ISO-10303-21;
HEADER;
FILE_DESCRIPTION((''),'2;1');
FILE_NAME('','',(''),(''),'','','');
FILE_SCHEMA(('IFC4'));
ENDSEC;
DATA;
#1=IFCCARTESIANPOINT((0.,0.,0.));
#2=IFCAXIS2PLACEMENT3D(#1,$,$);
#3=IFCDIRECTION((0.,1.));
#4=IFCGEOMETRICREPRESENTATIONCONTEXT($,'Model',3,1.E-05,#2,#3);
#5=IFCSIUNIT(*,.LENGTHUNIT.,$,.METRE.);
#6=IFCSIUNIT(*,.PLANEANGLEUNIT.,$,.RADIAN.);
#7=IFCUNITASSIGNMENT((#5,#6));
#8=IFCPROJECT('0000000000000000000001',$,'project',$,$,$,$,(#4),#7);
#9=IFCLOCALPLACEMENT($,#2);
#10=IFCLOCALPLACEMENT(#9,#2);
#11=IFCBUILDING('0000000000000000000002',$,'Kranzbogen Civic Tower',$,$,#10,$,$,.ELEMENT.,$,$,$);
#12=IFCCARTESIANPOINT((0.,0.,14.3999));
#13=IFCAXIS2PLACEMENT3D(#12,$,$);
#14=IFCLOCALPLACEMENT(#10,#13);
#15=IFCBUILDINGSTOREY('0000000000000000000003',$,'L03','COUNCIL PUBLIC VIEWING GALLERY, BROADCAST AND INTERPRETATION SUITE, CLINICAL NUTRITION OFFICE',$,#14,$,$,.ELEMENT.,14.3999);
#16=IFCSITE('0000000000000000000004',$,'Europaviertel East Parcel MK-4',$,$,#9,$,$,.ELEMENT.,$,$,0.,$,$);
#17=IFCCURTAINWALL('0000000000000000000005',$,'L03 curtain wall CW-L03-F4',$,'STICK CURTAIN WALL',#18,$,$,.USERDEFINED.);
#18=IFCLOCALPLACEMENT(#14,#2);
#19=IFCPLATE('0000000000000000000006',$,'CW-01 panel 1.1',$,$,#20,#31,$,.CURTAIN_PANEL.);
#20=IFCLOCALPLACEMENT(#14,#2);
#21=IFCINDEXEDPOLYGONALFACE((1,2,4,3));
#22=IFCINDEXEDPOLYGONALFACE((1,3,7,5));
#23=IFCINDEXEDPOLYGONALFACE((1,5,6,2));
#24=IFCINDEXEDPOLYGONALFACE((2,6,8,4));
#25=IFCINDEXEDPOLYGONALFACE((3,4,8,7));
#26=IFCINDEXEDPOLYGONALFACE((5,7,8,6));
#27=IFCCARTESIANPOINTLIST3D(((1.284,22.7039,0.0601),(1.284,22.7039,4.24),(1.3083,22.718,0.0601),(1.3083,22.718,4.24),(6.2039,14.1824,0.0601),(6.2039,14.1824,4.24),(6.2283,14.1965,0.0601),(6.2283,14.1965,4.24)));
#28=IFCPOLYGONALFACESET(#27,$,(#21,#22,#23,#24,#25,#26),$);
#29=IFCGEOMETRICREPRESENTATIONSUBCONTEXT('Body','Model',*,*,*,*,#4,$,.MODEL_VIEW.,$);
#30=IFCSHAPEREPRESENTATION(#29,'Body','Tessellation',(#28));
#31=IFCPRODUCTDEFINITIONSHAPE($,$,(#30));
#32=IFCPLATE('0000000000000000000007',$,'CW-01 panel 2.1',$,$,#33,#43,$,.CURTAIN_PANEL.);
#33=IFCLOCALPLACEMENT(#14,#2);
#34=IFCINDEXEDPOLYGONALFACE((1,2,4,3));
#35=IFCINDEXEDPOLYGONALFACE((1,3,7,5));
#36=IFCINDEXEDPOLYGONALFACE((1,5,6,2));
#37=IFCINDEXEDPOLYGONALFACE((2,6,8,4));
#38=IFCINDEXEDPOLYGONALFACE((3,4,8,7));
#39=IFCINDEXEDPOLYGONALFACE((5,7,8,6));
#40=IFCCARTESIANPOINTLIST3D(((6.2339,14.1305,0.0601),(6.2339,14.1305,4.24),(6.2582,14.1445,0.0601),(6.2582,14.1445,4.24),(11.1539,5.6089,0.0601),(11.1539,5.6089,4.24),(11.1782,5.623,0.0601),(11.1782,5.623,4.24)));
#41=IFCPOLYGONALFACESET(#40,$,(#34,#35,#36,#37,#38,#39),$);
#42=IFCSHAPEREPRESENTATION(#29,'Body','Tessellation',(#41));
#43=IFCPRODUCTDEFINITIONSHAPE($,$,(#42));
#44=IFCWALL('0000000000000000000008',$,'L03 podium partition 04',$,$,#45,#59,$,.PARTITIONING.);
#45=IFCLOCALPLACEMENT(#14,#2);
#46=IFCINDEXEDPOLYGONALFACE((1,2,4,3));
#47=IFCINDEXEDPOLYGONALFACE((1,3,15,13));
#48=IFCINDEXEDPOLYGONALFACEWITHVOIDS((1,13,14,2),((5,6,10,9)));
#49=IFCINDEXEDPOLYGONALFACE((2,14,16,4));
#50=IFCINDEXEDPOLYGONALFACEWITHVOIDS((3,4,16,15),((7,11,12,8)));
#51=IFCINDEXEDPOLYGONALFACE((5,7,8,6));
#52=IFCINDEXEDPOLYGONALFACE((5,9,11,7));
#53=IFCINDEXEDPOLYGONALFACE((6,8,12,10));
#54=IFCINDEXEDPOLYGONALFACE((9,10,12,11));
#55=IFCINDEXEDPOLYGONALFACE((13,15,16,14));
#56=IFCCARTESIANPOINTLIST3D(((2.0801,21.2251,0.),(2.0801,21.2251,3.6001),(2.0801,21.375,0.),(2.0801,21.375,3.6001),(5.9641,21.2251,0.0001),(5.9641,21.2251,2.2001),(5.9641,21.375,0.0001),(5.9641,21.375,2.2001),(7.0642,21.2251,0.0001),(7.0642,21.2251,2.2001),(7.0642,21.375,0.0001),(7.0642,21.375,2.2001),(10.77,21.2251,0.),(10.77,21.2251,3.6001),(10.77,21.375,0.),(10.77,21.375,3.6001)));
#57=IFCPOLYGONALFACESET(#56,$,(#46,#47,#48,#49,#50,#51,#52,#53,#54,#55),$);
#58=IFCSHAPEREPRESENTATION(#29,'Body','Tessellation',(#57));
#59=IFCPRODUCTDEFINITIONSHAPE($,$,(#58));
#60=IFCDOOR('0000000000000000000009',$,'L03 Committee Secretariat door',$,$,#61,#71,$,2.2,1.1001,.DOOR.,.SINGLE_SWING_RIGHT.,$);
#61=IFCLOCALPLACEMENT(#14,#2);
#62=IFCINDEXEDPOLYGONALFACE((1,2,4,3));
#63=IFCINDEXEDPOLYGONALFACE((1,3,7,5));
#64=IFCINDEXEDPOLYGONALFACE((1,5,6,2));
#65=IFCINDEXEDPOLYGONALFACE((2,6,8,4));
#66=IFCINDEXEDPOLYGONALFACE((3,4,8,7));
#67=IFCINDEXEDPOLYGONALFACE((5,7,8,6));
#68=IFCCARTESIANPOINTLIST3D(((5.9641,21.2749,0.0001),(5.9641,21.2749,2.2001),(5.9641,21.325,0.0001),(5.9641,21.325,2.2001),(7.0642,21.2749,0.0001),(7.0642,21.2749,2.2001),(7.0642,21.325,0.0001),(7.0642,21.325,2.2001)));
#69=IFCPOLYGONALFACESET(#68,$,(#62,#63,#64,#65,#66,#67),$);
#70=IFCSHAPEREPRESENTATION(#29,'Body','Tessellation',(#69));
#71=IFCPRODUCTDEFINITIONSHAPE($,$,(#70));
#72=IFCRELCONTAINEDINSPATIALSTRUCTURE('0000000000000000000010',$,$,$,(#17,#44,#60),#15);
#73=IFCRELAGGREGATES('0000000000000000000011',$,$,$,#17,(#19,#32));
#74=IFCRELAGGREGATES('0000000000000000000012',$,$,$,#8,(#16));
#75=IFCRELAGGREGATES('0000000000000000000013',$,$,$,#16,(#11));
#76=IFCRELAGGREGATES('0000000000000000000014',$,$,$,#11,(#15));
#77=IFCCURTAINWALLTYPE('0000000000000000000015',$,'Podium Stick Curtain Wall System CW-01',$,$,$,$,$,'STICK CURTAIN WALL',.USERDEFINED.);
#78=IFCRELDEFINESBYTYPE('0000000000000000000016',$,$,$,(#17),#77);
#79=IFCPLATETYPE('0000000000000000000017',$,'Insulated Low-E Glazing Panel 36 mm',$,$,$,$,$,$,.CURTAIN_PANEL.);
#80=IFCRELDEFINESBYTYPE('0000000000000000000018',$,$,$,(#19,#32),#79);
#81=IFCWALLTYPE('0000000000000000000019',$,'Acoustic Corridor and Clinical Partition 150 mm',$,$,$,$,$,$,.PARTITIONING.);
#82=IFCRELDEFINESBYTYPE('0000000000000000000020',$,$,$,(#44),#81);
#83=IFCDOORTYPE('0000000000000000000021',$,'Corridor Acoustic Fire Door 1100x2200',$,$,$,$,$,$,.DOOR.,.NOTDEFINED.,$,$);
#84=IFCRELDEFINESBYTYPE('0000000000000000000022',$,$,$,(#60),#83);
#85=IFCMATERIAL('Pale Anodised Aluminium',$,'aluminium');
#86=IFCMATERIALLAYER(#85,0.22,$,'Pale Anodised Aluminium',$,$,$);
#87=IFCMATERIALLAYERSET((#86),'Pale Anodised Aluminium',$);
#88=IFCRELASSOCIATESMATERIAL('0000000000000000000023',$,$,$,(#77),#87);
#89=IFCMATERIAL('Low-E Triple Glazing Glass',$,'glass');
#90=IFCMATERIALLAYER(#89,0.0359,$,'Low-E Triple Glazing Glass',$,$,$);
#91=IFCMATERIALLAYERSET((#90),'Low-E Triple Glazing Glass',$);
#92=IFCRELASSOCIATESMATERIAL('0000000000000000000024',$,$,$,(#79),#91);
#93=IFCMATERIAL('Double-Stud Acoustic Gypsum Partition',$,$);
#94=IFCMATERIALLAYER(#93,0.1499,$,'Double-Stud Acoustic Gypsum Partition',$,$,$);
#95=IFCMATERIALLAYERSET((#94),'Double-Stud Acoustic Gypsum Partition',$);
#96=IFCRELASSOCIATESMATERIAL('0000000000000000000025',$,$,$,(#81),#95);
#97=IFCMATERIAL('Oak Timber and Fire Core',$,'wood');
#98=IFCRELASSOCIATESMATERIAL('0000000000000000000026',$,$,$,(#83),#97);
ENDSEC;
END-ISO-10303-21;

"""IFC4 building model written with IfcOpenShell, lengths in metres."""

from ifc_helpers import new_model, si_unit, direction, frame, frame_2d, origin, origin_2d, place, context, subcontext, project, spatial, rectangle, extrude, material, layer, layer_set, type_object, element, fill, aggregate, save


model = new_model("IFC4")

# Units and contexts
model_context = context("Model", 3, precision=1e-05, world=origin(), true_north=direction((0.0, 1.0)))
body_context = subcontext(model_context, "Body", "Model", "MODEL_VIEW")
ifc_project = project(units=[si_unit("LENGTHUNIT", "METRE"), si_unit("PLANEANGLEUNIT", "RADIAN")], contexts=[model_context])

# Site, building, storey
site_placement = place(None, origin())
site = spatial("IfcSite", under=ifc_project, at=site_placement, Name="Europaviertel East Parcel MK-4", CompositionType="ELEMENT", RefElevation=0.0)
building_placement = place(site_placement, origin())
building = spatial("IfcBuilding", under=site, at=building_placement, Name="Kranzbogen Civic Tower", CompositionType="ELEMENT")
storey_placement = place(building_placement, frame((0.0, 0.0, 14.3999)))
storey = spatial("IfcBuildingStorey", under=building, at=storey_placement, Name="L03", Description="COUNCIL PUBLIC VIEWING GALLERY, BROADCAST AND INTERPRETATION SUITE, CLINICAL NUTRITION OFFICE", CompositionType="ELEMENT", Elevation=14.3999)

# Curtain wall
ifc_material_1 = material(Name="Pale Anodised Aluminium", Category="aluminium")
ifc_layer_1 = layer(ifc_material_1, 0.22, Name="Pale Anodised Aluminium")
ifc_layer_set_1 = layer_set([ifc_layer_1], Name="Pale Anodised Aluminium")
curtain_wall_type = type_object("IfcCurtainWallType", Name="Podium Stick Curtain Wall System CW-01", ElementType="STICK CURTAIN WALL", PredefinedType="USERDEFINED", material=ifc_layer_set_1)
curtain_wall_placement = place(storey_placement, origin())
curtain_wall = element("IfcCurtainWall", 1, at=curtain_wall_placement, inside=storey, type_object=curtain_wall_type, Name="L03 curtain wall CW-L03-F4", ObjectType="STICK CURTAIN WALL", PredefinedType="USERDEFINED")

# Plates
ifc_material_2 = material(Name="Low-E Triple Glazing Glass", Category="glass")
ifc_layer_2 = layer(ifc_material_2, 0.0359, Name="Low-E Triple Glazing Glass")
ifc_layer_set_2 = layer_set([ifc_layer_2], Name="Low-E Triple Glazing Glass")
plate_type = type_object("IfcPlateType", Name="Insulated Low-E Glazing Panel 36 mm", PredefinedType="CURTAIN_PANEL", material=ifc_layer_set_2)
plate_1_placement = place(storey_placement, frame((3.7561, 18.4502, 0.0601), z_axis=(0.0, 0.0, 1.0), x_axis=(0.500006, -0.866022, 0.0)))
plate_1 = element("IfcPlate", 2, at=plate_1_placement, type_object=plate_type, Name="CW-01 panel 1.1", PredefinedType="CURTAIN_PANEL", context=body_context, shape_type="SweptSolid", body=[
    extrude(rectangle(XDim=9.8398, YDim=0.0281, at=origin_2d()), origin(), (0.0, 0.0, 1.0), 4.1799),
])
plate_2_placement = place(storey_placement, frame((8.7061, 9.8767, 0.0601), z_axis=(0.0, 0.0, 1.0), x_axis=(0.500006, -0.866022, 0.0)))
plate_2 = element("IfcPlate", 3, at=plate_2_placement, type_object=plate_type, Name="CW-01 panel 2.1", PredefinedType="CURTAIN_PANEL", context=body_context, shape_type="SweptSolid", body=[
    extrude(rectangle(XDim=9.8398, YDim=0.0281, at=origin_2d()), origin(), (0.0, 0.0, 1.0), 4.1799),
])
aggregate(curtain_wall, [plate_1, plate_2])

# Wall, opening, door
ifc_material_3 = material(Name="Double-Stud Acoustic Gypsum Partition")
ifc_layer_3 = layer(ifc_material_3, 0.1499, Name="Double-Stud Acoustic Gypsum Partition")
ifc_layer_set_3 = layer_set([ifc_layer_3], Name="Double-Stud Acoustic Gypsum Partition")
wall_type = type_object("IfcWallType", Name="Acoustic Corridor and Clinical Partition 150 mm", PredefinedType="PARTITIONING", material=ifc_layer_set_3)
wall_placement = place(storey_placement, frame((2.0801, 21.3, 0.0), z_axis=(0.0, 0.0, 1.0), x_axis=(1.0, 0.0, 0.0)))
wall = element("IfcWall", 4, at=wall_placement, inside=storey, type_object=wall_type, Name="L03 podium partition 04", PredefinedType="PARTITIONING", context=body_context, shape_type="SweptSolid", body=[
    extrude(rectangle(XDim=8.6899, YDim=0.1499, at=frame_2d((4.345, 0.0))), origin(), (0.0, 0.0, 1.0), 3.6001),
])
opening_placement = place(wall_placement, frame((3.884, 0.0, 0.0)))
opening = element("IfcOpeningElement", 5, at=opening_placement, cuts=wall, PredefinedType="OPENING", context=body_context, shape_type="SweptSolid", body=[
    extrude(rectangle(XDim=1.1001, YDim=2.2, at=frame_2d((0.55, 1.1001))), frame((0.0, 0.085, 0.0), z_axis=(0.0, -1.0, 0.0), x_axis=(1.0, 0.0, 0.0)), (0.0, 0.0, 1.0), 0.1699),
])
ifc_material_4 = material(Name="Oak Timber and Fire Core", Category="wood")
door_type = type_object("IfcDoorType", Name="Corridor Acoustic Fire Door 1100x2200", OperationType="NOTDEFINED", PredefinedType="DOOR", material=ifc_material_4)
door_placement = place(opening_placement, origin())
door = element("IfcDoor", 6, at=door_placement, inside=storey, type_object=door_type, Name="L03 Committee Secretariat door", OperationType="SINGLE_SWING_RIGHT", OverallHeight=2.2, OverallWidth=1.1001, PredefinedType="DOOR", context=body_context, shape_type="SweptSolid", body=[
    extrude(rectangle(XDim=1.1001, YDim=2.2, at=frame_2d((0.55, 1.1001))), frame((0.0, 0.0249, 0.0), z_axis=(0.0, -1.0, 0.0), x_axis=(1.0, 0.0, 0.0)), (0.0, 0.0, 1.0), 0.05),
])
fill(opening, door)

save(model, "model.ifc")
